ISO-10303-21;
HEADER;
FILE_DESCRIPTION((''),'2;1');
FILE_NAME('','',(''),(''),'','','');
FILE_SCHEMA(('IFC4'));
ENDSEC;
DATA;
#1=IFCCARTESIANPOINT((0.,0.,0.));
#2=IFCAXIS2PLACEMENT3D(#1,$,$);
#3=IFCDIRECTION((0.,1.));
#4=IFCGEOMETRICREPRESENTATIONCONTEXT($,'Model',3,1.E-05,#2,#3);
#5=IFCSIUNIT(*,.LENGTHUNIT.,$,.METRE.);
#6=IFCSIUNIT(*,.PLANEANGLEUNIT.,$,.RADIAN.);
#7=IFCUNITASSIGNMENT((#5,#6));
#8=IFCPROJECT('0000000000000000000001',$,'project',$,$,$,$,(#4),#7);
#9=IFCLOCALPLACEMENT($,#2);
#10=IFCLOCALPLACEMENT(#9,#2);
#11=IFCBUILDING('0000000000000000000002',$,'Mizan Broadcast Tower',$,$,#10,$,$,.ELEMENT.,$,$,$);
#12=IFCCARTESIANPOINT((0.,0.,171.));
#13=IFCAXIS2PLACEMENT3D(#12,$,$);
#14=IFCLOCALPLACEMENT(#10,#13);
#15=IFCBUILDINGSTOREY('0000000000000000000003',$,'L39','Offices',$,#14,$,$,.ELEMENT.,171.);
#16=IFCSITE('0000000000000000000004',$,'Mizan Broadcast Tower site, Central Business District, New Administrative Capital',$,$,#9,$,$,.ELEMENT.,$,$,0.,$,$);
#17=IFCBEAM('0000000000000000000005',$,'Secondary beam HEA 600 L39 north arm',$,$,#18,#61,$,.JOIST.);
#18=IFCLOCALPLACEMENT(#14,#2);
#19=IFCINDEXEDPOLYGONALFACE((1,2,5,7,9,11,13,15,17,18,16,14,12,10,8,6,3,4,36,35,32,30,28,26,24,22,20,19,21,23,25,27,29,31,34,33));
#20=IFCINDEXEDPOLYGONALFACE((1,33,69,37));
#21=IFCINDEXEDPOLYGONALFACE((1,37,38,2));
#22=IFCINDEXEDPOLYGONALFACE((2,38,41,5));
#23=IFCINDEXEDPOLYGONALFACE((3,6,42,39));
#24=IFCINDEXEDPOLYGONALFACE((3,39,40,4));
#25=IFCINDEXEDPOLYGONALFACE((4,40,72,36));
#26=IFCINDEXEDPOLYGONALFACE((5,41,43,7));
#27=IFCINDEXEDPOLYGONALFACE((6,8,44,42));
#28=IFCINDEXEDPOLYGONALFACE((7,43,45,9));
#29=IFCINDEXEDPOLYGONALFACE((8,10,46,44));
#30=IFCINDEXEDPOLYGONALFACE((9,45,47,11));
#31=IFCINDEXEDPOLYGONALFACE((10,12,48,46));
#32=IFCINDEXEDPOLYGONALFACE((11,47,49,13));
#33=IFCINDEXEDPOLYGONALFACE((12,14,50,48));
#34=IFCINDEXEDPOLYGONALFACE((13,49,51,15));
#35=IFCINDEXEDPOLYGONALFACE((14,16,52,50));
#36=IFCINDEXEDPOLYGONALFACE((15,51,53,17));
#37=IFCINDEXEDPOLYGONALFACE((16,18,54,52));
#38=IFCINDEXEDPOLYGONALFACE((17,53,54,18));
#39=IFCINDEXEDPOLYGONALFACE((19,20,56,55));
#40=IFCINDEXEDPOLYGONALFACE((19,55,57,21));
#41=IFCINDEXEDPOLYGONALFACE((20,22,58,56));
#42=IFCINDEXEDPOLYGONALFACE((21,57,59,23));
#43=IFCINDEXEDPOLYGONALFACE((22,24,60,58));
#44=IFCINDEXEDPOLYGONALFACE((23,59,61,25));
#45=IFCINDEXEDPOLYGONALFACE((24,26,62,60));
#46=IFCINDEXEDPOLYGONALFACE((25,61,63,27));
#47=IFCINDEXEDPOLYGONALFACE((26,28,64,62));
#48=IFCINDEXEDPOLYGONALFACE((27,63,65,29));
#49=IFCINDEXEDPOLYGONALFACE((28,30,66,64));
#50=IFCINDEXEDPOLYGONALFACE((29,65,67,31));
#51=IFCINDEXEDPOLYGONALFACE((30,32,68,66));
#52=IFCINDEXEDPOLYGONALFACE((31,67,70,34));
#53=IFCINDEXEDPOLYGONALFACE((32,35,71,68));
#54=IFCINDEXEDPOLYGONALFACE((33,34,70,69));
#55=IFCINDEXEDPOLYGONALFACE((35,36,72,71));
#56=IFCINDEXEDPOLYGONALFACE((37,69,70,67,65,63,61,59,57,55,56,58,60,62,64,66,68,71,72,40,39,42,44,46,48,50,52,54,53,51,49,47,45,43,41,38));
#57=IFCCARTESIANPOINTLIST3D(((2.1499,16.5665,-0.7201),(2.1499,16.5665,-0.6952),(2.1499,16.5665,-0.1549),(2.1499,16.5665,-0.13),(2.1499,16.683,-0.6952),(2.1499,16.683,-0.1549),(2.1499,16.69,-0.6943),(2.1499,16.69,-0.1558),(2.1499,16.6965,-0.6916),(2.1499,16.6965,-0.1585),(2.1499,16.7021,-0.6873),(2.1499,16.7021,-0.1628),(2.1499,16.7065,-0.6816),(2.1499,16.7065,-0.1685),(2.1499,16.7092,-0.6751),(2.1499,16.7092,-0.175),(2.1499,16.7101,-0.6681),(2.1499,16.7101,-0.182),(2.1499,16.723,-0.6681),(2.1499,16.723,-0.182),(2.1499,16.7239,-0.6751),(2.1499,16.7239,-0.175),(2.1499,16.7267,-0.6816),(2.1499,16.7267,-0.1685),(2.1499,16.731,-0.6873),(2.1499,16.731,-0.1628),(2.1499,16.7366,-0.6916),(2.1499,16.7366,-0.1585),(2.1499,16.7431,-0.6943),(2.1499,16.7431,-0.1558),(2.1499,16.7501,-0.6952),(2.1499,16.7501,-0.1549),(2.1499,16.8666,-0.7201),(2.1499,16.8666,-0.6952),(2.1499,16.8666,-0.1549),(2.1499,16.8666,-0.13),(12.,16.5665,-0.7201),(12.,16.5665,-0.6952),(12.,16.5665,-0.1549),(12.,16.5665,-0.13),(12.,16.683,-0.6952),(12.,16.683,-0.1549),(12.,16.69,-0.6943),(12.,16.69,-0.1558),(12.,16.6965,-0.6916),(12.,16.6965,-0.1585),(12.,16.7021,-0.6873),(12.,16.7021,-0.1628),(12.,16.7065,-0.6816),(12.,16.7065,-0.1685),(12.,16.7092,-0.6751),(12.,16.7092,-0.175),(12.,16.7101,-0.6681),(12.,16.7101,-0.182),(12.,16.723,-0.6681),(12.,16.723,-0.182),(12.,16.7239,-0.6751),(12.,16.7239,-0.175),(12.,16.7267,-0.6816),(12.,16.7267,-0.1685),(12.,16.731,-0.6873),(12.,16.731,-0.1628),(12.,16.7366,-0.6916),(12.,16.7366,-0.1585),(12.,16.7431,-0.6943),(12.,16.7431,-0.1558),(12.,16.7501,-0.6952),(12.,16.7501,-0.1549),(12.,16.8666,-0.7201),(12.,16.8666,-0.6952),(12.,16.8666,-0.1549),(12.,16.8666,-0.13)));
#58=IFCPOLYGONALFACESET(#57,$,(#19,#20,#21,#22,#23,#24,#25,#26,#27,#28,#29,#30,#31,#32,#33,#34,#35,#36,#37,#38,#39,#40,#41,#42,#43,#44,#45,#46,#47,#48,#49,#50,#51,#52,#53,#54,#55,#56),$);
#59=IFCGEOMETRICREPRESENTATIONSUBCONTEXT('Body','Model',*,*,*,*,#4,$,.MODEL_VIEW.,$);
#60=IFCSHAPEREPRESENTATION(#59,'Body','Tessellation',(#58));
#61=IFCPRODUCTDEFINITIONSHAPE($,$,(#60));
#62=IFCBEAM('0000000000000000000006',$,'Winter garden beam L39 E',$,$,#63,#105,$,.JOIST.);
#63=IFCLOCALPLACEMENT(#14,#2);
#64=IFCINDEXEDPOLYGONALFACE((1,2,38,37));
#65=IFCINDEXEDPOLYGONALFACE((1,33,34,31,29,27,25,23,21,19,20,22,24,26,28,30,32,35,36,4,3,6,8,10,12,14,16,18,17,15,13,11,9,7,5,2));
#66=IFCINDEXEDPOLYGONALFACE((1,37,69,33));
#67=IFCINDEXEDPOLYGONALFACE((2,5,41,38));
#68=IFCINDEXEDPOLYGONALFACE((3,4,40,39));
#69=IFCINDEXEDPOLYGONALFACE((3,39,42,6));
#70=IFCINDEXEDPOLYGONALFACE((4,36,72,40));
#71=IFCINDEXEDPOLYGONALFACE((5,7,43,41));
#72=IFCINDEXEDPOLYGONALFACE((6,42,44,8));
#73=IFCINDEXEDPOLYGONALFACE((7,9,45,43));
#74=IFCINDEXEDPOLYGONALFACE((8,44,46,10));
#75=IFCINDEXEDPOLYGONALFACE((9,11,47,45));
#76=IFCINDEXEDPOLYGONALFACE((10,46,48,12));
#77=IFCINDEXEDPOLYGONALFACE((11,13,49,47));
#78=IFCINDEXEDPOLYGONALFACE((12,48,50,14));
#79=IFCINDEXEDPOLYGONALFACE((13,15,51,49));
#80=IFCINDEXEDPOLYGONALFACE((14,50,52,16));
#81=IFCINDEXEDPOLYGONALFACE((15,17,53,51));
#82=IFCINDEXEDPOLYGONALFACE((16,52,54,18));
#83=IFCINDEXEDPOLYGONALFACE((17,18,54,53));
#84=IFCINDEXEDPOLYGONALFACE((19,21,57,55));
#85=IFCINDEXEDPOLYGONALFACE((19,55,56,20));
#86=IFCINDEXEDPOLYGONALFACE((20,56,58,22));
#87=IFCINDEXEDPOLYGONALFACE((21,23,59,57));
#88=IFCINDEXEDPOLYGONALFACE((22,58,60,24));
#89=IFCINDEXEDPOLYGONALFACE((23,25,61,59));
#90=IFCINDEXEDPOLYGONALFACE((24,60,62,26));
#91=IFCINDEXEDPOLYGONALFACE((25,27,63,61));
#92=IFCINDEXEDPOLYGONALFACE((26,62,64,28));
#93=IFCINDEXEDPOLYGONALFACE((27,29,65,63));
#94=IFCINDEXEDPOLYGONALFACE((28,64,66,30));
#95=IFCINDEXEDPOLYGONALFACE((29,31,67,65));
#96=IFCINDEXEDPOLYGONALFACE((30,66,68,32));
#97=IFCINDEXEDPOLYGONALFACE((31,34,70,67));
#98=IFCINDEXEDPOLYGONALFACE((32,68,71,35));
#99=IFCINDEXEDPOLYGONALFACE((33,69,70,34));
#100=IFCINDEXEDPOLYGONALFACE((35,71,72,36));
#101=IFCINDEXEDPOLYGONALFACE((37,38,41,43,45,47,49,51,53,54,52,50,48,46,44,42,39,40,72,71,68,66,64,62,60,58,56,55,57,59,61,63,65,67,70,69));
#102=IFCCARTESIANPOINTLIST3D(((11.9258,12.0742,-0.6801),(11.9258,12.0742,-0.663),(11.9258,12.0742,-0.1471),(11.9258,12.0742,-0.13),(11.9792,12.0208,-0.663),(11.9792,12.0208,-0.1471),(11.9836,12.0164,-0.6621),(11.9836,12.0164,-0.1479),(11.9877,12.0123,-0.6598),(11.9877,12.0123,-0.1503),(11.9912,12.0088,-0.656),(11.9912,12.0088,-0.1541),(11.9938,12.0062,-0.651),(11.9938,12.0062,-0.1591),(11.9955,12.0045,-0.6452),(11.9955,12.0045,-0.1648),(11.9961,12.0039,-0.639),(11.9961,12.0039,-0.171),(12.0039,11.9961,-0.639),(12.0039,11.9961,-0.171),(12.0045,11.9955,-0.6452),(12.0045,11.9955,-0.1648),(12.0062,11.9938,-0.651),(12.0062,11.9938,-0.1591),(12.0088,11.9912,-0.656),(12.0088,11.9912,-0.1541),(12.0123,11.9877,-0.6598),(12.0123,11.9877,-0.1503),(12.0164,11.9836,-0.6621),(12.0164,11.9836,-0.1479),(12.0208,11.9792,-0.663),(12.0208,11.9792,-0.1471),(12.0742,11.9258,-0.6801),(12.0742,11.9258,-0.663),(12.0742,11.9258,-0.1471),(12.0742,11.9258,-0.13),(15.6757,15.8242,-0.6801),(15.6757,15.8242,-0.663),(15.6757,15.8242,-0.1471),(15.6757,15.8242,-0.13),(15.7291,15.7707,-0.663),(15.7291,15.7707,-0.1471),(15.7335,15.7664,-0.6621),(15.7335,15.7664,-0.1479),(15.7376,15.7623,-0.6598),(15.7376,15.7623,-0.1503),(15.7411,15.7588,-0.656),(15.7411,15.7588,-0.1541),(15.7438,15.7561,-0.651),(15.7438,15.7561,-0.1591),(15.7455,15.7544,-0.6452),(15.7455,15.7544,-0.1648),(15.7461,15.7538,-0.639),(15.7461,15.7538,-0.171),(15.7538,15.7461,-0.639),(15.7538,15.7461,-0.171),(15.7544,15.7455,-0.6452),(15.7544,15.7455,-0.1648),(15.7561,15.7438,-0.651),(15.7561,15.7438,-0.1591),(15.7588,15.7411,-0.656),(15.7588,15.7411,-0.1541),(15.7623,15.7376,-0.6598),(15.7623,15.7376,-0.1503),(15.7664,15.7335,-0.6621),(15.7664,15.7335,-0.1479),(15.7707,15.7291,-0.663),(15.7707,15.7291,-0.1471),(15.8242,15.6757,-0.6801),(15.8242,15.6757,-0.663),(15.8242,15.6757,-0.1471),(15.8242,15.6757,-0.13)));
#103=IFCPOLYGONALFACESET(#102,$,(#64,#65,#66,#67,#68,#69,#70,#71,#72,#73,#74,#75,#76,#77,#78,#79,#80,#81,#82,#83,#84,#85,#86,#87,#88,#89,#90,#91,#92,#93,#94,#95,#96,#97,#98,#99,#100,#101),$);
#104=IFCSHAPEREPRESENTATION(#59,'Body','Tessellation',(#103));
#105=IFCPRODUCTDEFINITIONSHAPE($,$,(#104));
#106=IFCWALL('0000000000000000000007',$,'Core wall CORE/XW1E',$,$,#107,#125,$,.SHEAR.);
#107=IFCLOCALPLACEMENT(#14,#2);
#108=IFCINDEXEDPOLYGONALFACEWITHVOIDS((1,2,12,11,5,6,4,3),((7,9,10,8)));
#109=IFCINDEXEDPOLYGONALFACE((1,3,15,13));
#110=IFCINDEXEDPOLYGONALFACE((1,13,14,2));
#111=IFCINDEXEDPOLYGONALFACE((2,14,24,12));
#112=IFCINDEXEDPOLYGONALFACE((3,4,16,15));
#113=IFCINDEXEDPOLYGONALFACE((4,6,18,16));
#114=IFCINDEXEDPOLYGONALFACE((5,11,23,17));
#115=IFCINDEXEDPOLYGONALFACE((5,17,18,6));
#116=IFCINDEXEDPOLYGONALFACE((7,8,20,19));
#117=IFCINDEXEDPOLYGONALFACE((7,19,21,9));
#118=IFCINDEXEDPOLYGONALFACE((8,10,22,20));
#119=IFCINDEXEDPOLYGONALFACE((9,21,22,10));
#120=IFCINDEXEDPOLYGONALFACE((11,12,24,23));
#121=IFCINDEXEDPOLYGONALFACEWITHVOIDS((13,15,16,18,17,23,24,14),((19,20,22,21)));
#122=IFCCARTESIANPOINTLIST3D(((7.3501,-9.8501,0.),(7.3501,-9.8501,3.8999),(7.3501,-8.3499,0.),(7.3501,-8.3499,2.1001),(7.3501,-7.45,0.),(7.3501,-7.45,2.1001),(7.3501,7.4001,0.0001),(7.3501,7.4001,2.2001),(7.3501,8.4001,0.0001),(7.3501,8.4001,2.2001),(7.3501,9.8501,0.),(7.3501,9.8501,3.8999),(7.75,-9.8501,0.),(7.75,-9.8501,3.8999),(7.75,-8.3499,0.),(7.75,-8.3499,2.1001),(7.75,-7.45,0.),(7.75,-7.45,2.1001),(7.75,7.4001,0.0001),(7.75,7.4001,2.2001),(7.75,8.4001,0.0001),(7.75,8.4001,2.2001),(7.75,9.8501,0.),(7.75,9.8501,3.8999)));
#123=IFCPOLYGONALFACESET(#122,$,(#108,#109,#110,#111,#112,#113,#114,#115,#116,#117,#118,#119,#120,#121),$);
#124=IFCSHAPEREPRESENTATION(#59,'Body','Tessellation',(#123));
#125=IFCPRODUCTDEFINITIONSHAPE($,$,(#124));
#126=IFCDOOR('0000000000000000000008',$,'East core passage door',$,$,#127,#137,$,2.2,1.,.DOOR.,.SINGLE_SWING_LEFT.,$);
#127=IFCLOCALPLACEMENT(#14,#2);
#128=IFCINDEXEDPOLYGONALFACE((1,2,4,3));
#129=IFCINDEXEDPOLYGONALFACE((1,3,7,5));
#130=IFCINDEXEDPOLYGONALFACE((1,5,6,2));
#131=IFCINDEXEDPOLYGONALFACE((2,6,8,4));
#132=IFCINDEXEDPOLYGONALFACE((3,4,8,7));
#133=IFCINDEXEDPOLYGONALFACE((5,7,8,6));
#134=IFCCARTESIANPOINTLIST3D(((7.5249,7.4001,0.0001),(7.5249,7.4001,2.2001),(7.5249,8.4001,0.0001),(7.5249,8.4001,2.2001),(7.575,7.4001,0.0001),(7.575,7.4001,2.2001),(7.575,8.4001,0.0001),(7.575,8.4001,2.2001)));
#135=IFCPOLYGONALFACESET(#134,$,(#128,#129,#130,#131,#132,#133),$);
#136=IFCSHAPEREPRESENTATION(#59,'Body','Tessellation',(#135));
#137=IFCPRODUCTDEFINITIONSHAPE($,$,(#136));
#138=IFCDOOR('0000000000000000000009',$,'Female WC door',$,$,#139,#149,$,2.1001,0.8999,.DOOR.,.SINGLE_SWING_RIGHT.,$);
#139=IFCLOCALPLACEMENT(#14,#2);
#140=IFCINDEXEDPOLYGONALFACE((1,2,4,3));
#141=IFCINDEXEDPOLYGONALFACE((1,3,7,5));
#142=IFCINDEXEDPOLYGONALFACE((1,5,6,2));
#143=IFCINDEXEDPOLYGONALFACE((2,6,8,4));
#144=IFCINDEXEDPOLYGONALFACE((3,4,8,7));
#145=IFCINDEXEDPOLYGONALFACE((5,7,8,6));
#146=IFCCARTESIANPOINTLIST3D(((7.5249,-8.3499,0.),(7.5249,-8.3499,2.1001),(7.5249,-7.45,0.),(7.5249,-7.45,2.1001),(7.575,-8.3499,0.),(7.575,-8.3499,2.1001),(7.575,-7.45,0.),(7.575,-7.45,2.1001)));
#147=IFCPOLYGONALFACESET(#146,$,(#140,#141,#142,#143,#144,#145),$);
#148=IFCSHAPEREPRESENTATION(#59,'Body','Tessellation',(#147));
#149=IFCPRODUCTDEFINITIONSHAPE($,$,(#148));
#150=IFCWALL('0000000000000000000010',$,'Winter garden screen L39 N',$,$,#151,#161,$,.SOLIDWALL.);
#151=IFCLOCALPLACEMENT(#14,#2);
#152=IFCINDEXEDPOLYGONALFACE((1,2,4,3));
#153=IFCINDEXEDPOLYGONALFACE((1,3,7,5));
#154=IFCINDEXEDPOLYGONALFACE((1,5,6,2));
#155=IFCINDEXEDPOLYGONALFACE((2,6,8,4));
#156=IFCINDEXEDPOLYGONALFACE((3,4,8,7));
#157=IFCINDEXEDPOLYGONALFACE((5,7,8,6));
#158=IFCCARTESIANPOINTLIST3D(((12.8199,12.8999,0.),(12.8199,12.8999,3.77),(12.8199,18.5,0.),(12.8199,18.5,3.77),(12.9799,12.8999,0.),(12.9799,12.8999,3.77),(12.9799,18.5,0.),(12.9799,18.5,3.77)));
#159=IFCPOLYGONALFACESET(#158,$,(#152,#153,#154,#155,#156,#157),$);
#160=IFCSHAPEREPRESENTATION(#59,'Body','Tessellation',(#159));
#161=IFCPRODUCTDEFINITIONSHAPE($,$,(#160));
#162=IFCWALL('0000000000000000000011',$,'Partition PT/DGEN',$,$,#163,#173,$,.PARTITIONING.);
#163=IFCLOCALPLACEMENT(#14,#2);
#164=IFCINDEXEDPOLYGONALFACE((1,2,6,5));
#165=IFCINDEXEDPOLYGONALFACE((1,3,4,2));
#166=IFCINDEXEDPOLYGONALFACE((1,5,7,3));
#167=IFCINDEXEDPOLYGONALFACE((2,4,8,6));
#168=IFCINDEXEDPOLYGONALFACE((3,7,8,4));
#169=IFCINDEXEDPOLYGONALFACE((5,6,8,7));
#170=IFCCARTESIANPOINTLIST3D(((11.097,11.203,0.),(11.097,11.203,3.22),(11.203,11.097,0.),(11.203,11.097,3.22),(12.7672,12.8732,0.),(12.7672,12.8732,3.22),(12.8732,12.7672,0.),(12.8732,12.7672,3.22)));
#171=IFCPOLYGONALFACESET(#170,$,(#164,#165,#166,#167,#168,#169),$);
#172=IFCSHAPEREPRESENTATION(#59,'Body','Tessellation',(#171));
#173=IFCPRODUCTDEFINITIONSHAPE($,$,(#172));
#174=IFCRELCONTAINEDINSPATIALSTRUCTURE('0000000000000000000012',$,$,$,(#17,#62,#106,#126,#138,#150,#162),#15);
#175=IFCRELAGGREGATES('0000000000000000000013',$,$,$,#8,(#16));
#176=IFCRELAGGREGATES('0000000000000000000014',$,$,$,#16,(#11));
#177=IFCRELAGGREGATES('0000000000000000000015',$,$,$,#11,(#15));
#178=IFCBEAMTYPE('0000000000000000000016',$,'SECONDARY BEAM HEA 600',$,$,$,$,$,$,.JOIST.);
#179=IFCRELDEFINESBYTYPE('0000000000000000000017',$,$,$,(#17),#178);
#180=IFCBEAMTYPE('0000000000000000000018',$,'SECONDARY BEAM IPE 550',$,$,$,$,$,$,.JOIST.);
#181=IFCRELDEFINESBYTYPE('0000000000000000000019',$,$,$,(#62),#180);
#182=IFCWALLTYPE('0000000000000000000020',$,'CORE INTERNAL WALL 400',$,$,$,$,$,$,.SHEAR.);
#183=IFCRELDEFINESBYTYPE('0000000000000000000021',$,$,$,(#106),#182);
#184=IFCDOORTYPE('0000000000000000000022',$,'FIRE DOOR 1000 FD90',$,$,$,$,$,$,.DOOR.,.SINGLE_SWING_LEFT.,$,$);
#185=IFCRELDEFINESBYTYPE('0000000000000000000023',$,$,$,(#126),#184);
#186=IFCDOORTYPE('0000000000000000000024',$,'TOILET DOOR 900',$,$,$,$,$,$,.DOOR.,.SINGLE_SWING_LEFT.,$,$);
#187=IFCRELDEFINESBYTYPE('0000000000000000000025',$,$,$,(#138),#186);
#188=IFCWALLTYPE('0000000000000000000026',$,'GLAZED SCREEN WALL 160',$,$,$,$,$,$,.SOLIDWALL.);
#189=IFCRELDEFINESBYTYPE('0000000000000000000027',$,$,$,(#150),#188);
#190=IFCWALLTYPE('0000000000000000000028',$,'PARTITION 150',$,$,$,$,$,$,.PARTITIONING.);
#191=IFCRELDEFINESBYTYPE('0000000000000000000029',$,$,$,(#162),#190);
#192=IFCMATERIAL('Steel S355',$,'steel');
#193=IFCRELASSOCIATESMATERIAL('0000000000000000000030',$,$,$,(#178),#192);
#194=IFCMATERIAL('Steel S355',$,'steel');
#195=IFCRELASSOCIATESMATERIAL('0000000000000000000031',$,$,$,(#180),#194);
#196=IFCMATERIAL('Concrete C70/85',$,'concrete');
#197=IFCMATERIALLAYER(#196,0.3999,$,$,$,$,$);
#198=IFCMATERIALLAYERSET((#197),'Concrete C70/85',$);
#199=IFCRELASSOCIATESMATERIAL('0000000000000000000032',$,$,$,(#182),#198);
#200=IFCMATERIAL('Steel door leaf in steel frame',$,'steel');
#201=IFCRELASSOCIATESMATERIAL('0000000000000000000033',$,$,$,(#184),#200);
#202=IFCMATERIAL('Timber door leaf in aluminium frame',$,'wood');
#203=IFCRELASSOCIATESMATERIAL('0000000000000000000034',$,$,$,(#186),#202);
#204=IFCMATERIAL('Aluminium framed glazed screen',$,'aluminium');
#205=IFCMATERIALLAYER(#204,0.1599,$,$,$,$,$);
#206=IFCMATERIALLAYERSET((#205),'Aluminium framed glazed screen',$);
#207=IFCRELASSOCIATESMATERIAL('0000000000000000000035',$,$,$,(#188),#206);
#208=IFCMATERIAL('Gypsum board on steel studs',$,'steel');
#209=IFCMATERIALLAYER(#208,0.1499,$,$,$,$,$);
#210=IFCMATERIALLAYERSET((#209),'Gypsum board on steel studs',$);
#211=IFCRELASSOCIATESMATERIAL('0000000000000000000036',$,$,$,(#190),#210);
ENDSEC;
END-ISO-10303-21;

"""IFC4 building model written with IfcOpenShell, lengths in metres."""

from ifc_helpers import new_model, si_unit, direction, frame, frame_2d, origin, origin_2d, place, context, subcontext, project, spatial, rectangle, i_section, extrude, material, layer, layer_set, material_profile, profile_set, type_object, element, fill, save


model = new_model("IFC4")

# Units and contexts
model_context = context("Model", 3, precision=1e-05, world=origin(), true_north=direction((0.0, 1.0)))
body_context = subcontext(model_context, "Body", "Model", "MODEL_VIEW")
ifc_project = project(units=[si_unit("LENGTHUNIT", "METRE"), si_unit("PLANEANGLEUNIT", "RADIAN")], contexts=[model_context])

# Site, building, storey
site_placement = place(None, origin())
site = spatial("IfcSite", under=ifc_project, at=site_placement, Name="Mizan Broadcast Tower site, Central Business District, New Administrative Capital", CompositionType="ELEMENT", RefElevation=0.0)
building_placement = place(site_placement, origin())
building = spatial("IfcBuilding", under=site, at=building_placement, Name="Mizan Broadcast Tower", CompositionType="ELEMENT")
storey_placement = place(building_placement, frame((0.0, 0.0, 171.0)))
storey = spatial("IfcBuildingStorey", under=building, at=storey_placement, Name="L39", Description="Offices", CompositionType="ELEMENT", Elevation=171.0)

# Beams
ifc_material_1 = material(Name="Steel S355", Category="steel")
ifc_material_profile_1 = material_profile(ifc_material_1, i_section(OverallWidth=0.3, OverallDepth=0.5901, WebThickness=0.0129, FlangeThickness=0.0249, FilletRadius=0.0271, at=origin_2d()), Name="HEA 600")
ifc_profile_set_1 = profile_set([ifc_material_profile_1], Name="Steel S355")
beam_type_1 = type_object("IfcBeamType", Name="SECONDARY BEAM HEA 600", PredefinedType="JOIST", material=ifc_profile_set_1)
for number, where, z_axis, x_axis, name in (
    (1, (12.0, 16.7166, -0.425), (-1.0, 0.0, 0.0), (0.0, -1.0, 0.0), "Secondary beam HEA 600 L39 north arm"),
):
    element("IfcBeam", number, at=place(storey_placement, frame(where, z_axis=z_axis, x_axis=x_axis)), inside=storey, type_object=beam_type_1, Name=name, PredefinedType="JOIST", context=body_context, shape_type="SweptSolid", body=[
        extrude(i_section(OverallWidth=0.3, OverallDepth=0.5901, WebThickness=0.0129, FlangeThickness=0.0249, FilletRadius=0.0271, at=origin_2d()), origin(), (0.0, 0.0, 1.0), 9.8501),
    ])
ifc_material_2 = material(Name="Steel S355", Category="steel")
ifc_material_profile_2 = material_profile(ifc_material_2, i_section(OverallWidth=0.21, OverallDepth=0.55, WebThickness=0.011, FlangeThickness=0.0171, FilletRadius=0.0239, at=origin_2d()), Name="IPE 550")
ifc_profile_set_2 = profile_set([ifc_material_profile_2], Name="Steel S355")
beam_type_2 = type_object("IfcBeamType", Name="SECONDARY BEAM IPE 550", PredefinedType="JOIST", material=ifc_profile_set_2)
beam_1_placement = place(storey_placement, frame((12.0, 12.0, -0.405), z_axis=(0.707107, 0.707107, 0.0), x_axis=(-0.707107, 0.707107, 0.0)))
element("IfcBeam", 2, at=beam_1_placement, inside=storey, type_object=beam_type_2, Name="Winter garden beam L39 E", PredefinedType="JOIST", context=body_context, shape_type="SweptSolid", body=[
    extrude(i_section(OverallWidth=0.21, OverallDepth=0.55, WebThickness=0.011, FlangeThickness=0.0171, FilletRadius=0.0239, at=origin_2d()), origin(), (0.0, 0.0, 1.0), 5.3032),
])

# Wall, openings, doors
ifc_material_3 = material(Name="Concrete C70/85", Category="concrete")
ifc_layer_1 = layer(ifc_material_3, 0.3999)
ifc_layer_set_1 = layer_set([ifc_layer_1], Name="Concrete C70/85")
wall_type_1 = type_object("IfcWallType", Name="CORE INTERNAL WALL 400", PredefinedType="SHEAR", material=ifc_layer_set_1)
wall_1_placement = place(storey_placement, frame((7.55, 9.8501, 0.0), z_axis=(0.0, 0.0, 1.0), x_axis=(0.0, -1.0, 0.0)))
wall_1 = element("IfcWall", 3, at=wall_1_placement, inside=storey, type_object=wall_type_1, Name="Core wall CORE/XW1E", PredefinedType="SHEAR", context=body_context, shape_type="SweptSolid", body=[
    extrude(rectangle(XDim=19.7002, YDim=0.3999, at=frame_2d((9.8501, 0.0))), origin(), (0.0, 0.0, 1.0), 3.8999),
])
opening_1_placement = place(wall_1_placement, frame((1.45, 0.0, 0.0)))
opening_1 = element("IfcOpeningElement", 4, at=opening_1_placement, cuts=wall_1, PredefinedType="OPENING", context=body_context, shape_type="SweptSolid", body=[
    extrude(rectangle(XDim=1.0, YDim=2.2, at=frame_2d((0.5, 1.1001))), frame((0.0, 0.21, 0.0), z_axis=(0.0, -1.0, 0.0), x_axis=(1.0, 0.0, 0.0)), (0.0, 0.0, 1.0), 0.4199),
])
opening_2_placement = place(wall_1_placement, frame((17.3, 0.0, 0.0)))
opening_2 = element("IfcOpeningElement", 5, at=opening_2_placement, cuts=wall_1, PredefinedType="OPENING", context=body_context, shape_type="SweptSolid", body=[
    extrude(rectangle(XDim=0.8999, YDim=2.1001, at=frame_2d((0.45, 1.05))), frame((0.0, 0.21, 0.0), z_axis=(0.0, -1.0, 0.0), x_axis=(1.0, 0.0, 0.0)), (0.0, 0.0, 1.0), 0.4199),
])
ifc_material_4 = material(Name="Steel door leaf in steel frame", Category="steel")
door_type_1 = type_object("IfcDoorType", Name="FIRE DOOR 1000 FD90", OperationType="SINGLE_SWING_LEFT", PredefinedType="DOOR", material=ifc_material_4)
door_1_placement = place(opening_1_placement, origin())
door_1 = element("IfcDoor", 6, at=door_1_placement, inside=storey, type_object=door_type_1, Name="East core passage door", OperationType="SINGLE_SWING_LEFT", OverallHeight=2.2, OverallWidth=1.0, PredefinedType="DOOR", context=body_context, shape_type="SweptSolid", body=[
    extrude(rectangle(XDim=1.0, YDim=2.2, at=frame_2d((0.5, 1.1001))), frame((0.0, 0.0249, 0.0), z_axis=(0.0, -1.0, 0.0), x_axis=(1.0, 0.0, 0.0)), (0.0, 0.0, 1.0), 0.05),
])
fill(opening_1, door_1)
ifc_material_5 = material(Name="Timber door leaf in aluminium frame", Category="wood")
door_type_2 = type_object("IfcDoorType", Name="TOILET DOOR 900", OperationType="SINGLE_SWING_LEFT", PredefinedType="DOOR", material=ifc_material_5)
door_2_placement = place(opening_2_placement, origin())
door_2 = element("IfcDoor", 7, at=door_2_placement, inside=storey, type_object=door_type_2, Name="Female WC door", OperationType="SINGLE_SWING_RIGHT", OverallHeight=2.1001, OverallWidth=0.8999, PredefinedType="DOOR", context=body_context, shape_type="SweptSolid", body=[
    extrude(rectangle(XDim=0.8999, YDim=2.1001, at=frame_2d((0.45, 1.05))), frame((0.0, 0.0249, 0.0), z_axis=(0.0, -1.0, 0.0), x_axis=(1.0, 0.0, 0.0)), (0.0, 0.0, 1.0), 0.05),
])
fill(opening_2, door_2)

# Walls
ifc_material_6 = material(Name="Aluminium framed glazed screen", Category="aluminium")
ifc_layer_2 = layer(ifc_material_6, 0.1599)
ifc_layer_set_2 = layer_set([ifc_layer_2], Name="Aluminium framed glazed screen")
wall_type_2 = type_object("IfcWallType", Name="GLAZED SCREEN WALL 160", PredefinedType="SOLIDWALL", material=ifc_layer_set_2)
wall_2_placement = place(storey_placement, frame((12.8999, 12.8999, 0.0), z_axis=(0.0, 0.0, 1.0), x_axis=(0.0, 1.0, 0.0)))
element("IfcWall", 8, at=wall_2_placement, inside=storey, type_object=wall_type_2, Name="Winter garden screen L39 N", PredefinedType="SOLIDWALL", context=body_context, shape_type="SweptSolid", body=[
    extrude(rectangle(XDim=5.6001, YDim=0.1599, at=frame_2d((2.8, 0.0))), origin(), (0.0, 0.0, 1.0), 3.77),
])
ifc_material_7 = material(Name="Gypsum board on steel studs", Category="steel")
ifc_layer_3 = layer(ifc_material_7, 0.1499)
ifc_layer_set_3 = layer_set([ifc_layer_3], Name="Gypsum board on steel studs")
wall_type_3 = type_object("IfcWallType", Name="PARTITION 150", PredefinedType="PARTITIONING", material=ifc_layer_set_3)
wall_3_placement = place(storey_placement, frame((11.1499, 11.1499, 0.0), z_axis=(0.0, 0.0, 1.0), x_axis=(0.707107, 0.707107, 0.0)))
element("IfcWall", 9, at=wall_3_placement, inside=storey, type_object=wall_type_3, Name="Partition PT/DGEN", PredefinedType="PARTITIONING", context=body_context, shape_type="SweptSolid", body=[
    extrude(rectangle(XDim=2.3621, YDim=0.1499, at=frame_2d((1.1812, 0.0))), origin(), (0.0, 0.0, 1.0), 3.22),
])

save(model, "model.ifc")
